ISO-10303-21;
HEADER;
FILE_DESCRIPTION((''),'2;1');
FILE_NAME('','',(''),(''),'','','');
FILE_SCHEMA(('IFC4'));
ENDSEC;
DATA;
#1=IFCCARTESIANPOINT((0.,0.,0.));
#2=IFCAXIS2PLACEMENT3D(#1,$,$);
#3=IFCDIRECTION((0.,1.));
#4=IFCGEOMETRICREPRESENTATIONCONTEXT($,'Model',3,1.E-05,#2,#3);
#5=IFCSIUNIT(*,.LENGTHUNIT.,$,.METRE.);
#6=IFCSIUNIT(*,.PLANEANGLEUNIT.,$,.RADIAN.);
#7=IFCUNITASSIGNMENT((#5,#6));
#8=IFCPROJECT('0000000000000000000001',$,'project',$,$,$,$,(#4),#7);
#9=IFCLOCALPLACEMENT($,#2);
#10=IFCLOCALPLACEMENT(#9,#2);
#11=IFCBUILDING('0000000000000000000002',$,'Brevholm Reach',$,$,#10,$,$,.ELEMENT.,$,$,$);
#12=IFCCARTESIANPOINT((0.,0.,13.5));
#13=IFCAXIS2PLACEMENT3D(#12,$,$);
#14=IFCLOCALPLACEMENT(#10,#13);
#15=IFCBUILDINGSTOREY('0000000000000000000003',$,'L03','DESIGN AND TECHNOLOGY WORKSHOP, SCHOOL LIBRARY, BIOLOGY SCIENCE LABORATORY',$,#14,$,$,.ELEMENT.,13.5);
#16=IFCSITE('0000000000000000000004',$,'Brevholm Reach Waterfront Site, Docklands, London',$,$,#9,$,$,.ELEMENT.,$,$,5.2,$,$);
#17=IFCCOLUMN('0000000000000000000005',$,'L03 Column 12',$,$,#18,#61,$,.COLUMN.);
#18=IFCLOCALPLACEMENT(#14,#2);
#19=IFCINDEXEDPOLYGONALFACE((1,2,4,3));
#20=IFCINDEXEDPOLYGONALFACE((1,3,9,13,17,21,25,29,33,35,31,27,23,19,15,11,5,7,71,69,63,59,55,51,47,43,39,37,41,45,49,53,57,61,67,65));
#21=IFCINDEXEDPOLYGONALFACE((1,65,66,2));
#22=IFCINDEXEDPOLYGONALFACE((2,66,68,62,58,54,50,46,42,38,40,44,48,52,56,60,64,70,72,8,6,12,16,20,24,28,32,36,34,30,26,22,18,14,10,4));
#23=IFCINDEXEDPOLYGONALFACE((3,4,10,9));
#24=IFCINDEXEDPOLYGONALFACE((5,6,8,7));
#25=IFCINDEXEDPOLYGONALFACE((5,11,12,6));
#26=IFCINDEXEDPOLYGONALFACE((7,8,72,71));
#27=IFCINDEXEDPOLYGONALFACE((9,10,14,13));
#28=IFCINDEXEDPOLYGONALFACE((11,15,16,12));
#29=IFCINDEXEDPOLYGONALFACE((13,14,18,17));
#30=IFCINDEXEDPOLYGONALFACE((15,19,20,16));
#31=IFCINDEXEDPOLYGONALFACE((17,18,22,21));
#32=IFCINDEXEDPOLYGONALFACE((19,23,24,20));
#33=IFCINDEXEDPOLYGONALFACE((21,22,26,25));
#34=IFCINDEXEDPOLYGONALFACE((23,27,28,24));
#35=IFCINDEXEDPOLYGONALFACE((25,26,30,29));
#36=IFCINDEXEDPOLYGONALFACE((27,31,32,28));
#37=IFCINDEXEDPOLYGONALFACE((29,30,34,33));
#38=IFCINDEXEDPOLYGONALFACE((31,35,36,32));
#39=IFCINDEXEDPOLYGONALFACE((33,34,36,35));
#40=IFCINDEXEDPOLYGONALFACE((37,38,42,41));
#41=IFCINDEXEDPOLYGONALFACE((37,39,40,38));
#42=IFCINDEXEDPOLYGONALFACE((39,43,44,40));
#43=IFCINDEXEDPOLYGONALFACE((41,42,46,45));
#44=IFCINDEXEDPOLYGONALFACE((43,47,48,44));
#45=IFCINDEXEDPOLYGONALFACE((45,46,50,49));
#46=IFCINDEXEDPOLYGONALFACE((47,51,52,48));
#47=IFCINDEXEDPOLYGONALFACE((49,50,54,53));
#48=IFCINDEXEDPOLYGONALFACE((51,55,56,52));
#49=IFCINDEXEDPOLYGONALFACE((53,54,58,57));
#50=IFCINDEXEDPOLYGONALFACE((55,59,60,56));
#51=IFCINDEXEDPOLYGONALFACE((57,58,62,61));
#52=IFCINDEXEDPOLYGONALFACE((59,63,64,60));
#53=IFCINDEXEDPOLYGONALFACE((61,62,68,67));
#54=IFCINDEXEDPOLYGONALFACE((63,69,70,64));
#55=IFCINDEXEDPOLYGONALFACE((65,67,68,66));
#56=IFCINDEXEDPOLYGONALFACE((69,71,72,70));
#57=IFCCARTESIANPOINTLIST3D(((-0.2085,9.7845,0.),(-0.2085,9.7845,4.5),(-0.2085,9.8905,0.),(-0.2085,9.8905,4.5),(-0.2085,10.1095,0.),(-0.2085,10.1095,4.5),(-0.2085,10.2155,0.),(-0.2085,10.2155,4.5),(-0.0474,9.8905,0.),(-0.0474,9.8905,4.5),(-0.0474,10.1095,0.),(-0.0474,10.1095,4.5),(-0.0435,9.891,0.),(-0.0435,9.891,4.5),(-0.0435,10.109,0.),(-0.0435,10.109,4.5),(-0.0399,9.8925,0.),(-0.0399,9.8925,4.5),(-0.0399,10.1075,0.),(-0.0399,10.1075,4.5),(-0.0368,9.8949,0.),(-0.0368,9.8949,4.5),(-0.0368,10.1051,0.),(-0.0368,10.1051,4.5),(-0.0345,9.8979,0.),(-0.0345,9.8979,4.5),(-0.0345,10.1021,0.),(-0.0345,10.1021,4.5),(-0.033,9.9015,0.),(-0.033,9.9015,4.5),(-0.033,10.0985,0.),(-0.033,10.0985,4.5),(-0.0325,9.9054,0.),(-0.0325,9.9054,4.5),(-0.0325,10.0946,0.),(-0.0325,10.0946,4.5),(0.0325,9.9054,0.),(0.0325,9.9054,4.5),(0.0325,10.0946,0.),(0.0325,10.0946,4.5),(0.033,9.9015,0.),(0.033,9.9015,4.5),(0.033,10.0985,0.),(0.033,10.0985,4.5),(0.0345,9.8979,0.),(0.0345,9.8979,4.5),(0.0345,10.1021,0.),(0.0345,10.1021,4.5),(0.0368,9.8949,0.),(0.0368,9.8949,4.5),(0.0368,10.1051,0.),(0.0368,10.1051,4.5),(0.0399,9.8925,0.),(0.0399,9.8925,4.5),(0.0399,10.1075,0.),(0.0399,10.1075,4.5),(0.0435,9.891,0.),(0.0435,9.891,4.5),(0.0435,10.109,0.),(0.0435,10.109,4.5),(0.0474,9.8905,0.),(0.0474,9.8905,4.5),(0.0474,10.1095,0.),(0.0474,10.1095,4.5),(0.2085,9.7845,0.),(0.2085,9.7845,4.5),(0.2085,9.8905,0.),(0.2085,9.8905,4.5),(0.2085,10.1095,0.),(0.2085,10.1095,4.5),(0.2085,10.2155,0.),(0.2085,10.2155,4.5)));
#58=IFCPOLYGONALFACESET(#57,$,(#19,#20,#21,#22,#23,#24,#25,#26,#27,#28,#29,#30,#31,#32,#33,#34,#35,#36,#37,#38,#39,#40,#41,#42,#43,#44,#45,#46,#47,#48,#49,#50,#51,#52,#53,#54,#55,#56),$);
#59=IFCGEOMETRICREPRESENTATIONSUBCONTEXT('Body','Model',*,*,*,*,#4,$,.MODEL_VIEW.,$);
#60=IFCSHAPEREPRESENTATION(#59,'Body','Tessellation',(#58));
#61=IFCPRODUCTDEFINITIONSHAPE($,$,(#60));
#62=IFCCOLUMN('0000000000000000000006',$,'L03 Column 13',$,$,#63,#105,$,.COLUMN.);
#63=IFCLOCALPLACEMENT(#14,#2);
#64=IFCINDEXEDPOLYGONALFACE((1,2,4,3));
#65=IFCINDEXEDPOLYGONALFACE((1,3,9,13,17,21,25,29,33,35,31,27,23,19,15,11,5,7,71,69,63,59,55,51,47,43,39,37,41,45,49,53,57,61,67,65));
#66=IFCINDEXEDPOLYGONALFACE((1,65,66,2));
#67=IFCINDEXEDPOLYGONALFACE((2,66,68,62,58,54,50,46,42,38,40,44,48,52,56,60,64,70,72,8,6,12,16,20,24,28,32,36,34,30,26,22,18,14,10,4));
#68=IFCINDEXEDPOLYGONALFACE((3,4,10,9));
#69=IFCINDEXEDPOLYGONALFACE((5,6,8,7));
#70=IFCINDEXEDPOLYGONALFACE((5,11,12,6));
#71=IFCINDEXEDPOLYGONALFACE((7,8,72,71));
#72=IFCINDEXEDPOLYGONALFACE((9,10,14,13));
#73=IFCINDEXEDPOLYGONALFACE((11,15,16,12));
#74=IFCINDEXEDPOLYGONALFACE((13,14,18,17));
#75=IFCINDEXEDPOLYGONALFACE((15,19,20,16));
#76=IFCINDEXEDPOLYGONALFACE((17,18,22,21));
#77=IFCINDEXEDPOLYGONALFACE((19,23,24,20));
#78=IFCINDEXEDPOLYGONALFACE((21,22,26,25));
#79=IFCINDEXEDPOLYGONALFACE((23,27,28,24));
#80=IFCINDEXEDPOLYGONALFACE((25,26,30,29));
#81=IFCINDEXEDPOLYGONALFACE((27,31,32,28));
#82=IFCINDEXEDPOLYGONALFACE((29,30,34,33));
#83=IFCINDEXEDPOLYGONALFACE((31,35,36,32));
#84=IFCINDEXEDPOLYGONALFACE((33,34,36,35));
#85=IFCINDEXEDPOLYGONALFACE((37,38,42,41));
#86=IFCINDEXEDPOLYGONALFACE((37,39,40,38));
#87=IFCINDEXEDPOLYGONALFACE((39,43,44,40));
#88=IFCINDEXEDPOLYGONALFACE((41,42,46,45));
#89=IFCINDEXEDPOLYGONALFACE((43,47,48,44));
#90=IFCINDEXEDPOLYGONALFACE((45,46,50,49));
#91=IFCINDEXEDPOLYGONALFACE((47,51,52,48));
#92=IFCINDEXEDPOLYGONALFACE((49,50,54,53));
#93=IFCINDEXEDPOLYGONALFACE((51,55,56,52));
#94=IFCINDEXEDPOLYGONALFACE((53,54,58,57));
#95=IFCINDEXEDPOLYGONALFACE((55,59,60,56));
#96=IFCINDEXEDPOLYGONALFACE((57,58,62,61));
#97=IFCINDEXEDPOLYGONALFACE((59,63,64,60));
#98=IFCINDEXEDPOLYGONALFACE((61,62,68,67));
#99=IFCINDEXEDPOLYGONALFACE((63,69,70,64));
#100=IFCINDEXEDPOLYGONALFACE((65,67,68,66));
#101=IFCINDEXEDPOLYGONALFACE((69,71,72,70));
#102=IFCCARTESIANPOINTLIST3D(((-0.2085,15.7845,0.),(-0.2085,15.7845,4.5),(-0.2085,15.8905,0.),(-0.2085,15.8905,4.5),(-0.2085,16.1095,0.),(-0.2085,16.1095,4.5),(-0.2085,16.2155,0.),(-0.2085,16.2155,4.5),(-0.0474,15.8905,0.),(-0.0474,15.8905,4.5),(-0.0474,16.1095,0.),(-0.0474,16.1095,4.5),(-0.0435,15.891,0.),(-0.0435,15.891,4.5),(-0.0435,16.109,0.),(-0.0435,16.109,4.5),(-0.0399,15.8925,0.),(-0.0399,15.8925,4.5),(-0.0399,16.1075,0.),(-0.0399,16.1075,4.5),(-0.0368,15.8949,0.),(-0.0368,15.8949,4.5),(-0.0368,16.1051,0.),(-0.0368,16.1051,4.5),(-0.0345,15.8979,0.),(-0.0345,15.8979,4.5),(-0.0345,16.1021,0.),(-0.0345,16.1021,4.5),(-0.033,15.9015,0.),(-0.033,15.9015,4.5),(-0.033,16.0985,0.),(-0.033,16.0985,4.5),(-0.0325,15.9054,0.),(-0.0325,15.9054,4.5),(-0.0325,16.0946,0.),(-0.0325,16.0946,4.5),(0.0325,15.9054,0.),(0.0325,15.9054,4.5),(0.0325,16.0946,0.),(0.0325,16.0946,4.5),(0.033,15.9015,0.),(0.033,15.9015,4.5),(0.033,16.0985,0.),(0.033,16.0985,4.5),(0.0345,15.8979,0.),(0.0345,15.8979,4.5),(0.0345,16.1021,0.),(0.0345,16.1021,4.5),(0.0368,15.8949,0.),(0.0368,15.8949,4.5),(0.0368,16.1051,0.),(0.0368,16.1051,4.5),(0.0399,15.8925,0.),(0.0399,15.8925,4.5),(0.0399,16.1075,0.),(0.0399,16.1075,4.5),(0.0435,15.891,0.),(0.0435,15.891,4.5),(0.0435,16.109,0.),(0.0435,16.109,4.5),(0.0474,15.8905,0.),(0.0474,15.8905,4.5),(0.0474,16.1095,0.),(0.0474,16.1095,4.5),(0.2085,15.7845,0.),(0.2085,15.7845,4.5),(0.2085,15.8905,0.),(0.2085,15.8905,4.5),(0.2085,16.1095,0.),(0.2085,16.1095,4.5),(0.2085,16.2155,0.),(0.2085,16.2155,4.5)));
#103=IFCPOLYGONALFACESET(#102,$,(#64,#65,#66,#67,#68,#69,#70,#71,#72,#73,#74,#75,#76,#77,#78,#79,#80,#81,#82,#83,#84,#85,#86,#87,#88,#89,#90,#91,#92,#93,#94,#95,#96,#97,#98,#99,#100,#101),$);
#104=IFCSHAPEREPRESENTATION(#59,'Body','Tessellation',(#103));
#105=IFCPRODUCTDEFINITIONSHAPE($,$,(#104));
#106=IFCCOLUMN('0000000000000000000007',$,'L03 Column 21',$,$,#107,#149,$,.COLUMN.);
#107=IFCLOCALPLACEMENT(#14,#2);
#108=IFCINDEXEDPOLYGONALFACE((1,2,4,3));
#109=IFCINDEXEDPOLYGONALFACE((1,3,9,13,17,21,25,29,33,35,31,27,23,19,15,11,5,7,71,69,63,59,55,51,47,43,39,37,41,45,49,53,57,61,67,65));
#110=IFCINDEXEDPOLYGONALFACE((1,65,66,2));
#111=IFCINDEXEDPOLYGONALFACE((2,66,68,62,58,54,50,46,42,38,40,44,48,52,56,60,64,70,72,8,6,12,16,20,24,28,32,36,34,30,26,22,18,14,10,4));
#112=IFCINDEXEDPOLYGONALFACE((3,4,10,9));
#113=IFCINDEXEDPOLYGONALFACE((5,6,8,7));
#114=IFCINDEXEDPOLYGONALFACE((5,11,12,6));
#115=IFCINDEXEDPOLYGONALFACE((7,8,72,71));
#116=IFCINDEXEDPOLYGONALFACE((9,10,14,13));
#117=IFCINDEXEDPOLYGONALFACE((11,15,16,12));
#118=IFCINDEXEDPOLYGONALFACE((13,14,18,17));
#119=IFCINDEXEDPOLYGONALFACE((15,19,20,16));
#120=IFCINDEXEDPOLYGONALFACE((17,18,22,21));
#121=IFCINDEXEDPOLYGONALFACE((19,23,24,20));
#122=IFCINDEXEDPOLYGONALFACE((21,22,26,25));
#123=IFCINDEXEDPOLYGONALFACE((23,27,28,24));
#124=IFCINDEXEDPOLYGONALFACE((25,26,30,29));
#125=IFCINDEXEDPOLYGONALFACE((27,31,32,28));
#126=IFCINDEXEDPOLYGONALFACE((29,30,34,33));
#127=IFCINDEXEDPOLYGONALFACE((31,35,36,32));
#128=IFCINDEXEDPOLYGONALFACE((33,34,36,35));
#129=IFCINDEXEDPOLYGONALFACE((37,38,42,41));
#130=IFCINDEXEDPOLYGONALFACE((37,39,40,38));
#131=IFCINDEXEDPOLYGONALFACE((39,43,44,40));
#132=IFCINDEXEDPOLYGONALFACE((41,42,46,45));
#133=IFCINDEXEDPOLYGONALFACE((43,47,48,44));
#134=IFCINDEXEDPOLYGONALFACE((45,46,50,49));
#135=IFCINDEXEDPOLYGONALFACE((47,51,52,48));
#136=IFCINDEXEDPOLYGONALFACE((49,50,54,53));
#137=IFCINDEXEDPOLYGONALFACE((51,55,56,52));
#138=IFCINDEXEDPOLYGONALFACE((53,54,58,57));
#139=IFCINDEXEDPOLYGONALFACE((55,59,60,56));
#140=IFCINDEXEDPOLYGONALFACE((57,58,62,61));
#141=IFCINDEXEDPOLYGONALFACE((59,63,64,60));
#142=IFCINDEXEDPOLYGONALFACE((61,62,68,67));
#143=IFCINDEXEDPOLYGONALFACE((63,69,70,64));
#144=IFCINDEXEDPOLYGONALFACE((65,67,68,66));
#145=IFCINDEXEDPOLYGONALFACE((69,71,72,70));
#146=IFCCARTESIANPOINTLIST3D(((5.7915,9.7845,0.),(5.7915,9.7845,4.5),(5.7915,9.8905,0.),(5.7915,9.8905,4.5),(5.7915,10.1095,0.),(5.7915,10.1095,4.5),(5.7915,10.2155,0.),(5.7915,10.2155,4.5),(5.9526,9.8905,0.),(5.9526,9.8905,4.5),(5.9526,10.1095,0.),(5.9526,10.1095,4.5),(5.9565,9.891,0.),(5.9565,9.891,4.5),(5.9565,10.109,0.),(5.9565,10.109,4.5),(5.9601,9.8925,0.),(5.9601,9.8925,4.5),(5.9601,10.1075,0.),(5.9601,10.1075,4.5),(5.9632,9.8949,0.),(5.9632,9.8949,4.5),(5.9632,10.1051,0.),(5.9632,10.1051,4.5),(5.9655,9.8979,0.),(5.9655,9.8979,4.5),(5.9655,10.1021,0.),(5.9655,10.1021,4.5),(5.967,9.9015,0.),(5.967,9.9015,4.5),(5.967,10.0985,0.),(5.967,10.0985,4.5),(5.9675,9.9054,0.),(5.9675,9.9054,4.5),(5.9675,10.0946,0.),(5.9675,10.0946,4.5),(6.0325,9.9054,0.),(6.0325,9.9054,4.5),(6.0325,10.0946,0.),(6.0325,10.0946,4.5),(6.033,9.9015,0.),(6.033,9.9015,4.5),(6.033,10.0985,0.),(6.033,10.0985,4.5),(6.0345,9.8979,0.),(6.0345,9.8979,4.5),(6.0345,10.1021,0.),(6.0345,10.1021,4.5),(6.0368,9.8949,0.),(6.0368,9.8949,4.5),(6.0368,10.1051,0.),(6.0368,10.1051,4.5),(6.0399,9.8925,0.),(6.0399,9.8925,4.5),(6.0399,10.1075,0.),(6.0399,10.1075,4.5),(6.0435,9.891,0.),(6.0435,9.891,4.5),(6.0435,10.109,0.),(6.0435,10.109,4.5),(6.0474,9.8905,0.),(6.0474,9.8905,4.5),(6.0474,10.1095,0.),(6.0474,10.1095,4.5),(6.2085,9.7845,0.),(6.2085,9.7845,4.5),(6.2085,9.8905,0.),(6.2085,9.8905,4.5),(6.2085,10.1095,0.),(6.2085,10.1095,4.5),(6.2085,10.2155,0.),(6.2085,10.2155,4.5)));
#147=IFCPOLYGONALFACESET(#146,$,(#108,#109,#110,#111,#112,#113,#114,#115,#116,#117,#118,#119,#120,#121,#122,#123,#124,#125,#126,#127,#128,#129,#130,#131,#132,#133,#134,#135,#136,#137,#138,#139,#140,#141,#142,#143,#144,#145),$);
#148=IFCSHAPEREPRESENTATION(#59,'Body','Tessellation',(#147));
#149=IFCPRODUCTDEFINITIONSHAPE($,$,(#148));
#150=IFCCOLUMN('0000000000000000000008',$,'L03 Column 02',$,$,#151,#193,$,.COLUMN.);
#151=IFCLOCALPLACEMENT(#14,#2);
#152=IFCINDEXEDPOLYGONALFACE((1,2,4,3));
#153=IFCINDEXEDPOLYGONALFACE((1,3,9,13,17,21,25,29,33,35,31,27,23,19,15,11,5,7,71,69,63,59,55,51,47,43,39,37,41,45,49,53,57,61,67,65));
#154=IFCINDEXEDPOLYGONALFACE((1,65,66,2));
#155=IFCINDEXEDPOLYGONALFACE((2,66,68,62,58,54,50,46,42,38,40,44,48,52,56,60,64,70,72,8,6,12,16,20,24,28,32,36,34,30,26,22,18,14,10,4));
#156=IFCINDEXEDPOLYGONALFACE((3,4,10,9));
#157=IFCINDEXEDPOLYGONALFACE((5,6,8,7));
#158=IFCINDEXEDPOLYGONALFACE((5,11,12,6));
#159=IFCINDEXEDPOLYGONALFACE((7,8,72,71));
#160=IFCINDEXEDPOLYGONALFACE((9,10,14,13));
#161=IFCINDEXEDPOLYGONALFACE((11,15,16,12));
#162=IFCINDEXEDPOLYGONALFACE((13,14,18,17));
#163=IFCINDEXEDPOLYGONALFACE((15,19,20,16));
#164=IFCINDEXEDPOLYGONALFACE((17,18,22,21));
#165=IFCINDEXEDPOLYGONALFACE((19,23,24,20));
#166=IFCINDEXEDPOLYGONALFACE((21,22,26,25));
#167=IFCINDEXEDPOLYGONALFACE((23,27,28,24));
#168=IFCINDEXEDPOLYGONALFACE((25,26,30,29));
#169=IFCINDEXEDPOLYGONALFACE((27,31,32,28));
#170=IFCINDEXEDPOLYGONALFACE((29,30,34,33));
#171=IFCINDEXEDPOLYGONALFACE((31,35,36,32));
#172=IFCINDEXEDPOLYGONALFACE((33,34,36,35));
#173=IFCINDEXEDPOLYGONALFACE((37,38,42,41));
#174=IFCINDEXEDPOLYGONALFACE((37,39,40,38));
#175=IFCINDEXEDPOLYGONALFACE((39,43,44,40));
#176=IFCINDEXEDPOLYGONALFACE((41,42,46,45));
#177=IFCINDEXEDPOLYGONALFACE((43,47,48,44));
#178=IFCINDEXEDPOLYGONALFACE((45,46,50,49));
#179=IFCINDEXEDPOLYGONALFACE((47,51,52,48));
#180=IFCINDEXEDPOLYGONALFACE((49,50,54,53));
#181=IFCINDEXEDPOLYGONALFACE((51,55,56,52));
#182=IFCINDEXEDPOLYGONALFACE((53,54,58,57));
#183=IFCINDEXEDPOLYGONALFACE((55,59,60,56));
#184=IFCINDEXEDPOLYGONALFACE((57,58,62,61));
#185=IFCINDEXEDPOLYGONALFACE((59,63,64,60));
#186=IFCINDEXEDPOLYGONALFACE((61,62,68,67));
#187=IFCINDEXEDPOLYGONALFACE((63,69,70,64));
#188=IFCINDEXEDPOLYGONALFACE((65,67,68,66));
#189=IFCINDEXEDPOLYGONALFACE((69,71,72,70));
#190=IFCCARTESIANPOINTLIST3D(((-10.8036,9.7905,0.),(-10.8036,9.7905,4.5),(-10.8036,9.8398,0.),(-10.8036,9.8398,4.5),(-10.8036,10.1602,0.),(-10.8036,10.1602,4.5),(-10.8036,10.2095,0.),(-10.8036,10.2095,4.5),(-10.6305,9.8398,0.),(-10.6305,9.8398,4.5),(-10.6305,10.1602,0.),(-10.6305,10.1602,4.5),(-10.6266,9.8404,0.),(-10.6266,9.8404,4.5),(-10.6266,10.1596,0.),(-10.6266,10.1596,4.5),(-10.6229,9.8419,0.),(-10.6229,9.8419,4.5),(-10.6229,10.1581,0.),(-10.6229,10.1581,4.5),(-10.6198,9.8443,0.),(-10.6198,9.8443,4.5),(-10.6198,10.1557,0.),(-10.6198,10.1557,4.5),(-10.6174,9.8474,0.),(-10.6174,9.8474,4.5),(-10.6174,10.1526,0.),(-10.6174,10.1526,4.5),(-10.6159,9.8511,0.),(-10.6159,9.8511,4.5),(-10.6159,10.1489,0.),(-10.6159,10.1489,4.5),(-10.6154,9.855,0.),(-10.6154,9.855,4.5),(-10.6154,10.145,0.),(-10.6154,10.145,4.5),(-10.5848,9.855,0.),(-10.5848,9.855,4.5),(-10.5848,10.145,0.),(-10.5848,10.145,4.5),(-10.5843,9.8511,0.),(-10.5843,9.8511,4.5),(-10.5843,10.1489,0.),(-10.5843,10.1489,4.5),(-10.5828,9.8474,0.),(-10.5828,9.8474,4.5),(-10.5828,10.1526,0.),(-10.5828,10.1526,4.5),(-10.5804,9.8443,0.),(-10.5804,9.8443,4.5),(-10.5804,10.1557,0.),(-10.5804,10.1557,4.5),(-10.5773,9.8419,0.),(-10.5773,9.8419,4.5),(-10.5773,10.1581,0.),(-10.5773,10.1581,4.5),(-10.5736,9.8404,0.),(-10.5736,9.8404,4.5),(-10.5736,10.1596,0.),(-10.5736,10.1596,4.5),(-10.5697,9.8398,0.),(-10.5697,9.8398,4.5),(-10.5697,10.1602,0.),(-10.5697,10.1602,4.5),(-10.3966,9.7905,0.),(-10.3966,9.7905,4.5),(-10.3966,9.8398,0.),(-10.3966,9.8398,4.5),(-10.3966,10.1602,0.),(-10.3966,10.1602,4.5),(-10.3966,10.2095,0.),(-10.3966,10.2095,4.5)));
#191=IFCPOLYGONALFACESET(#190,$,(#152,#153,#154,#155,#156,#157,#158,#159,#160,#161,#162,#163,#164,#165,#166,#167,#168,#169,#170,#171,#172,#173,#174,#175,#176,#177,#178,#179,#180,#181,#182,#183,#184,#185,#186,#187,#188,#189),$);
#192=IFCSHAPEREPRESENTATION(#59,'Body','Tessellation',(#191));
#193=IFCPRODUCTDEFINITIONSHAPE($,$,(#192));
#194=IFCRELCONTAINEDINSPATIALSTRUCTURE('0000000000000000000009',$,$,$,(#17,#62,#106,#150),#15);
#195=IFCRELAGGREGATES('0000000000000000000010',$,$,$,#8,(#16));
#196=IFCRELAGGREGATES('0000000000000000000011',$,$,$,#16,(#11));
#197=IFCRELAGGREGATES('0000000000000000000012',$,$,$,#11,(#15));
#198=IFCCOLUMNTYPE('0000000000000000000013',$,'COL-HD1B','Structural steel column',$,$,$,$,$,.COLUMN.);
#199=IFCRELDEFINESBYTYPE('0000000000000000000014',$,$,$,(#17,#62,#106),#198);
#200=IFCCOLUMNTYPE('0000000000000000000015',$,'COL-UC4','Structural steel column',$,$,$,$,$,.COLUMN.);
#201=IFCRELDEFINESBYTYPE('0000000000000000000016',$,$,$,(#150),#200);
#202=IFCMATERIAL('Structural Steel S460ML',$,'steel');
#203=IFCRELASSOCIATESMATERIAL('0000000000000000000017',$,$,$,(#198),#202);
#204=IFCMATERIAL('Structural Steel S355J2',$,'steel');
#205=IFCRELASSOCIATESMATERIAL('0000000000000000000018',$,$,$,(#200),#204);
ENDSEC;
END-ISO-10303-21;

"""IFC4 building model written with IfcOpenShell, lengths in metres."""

from ifc_helpers import new_model, si_unit, direction, frame, origin, origin_2d, place, context, subcontext, project, spatial, i_section, extrude, material, material_profile, profile_set, type_object, element, save


model = new_model("IFC4")

# Units and contexts
model_context = context("Model", 3, precision=1e-05, world=origin(), true_north=direction((0.0, 1.0)))
body_context = subcontext(model_context, "Body", "Model", "MODEL_VIEW")
ifc_project = project(units=[si_unit("LENGTHUNIT", "METRE"), si_unit("PLANEANGLEUNIT", "RADIAN")], contexts=[model_context])

# Site, building, storey
site_placement = place(None, origin())
site = spatial("IfcSite", under=ifc_project, at=site_placement, Name="Brevholm Reach Waterfront Site, Docklands, London", CompositionType="ELEMENT", RefElevation=5.2)
building_placement = place(site_placement, origin())
building = spatial("IfcBuilding", under=site, at=building_placement, Name="Brevholm Reach", CompositionType="ELEMENT")
storey_placement = place(building_placement, frame((0.0, 0.0, 13.5)))
storey = spatial("IfcBuildingStorey", under=building, at=storey_placement, Name="L03", Description="DESIGN AND TECHNOLOGY WORKSHOP, SCHOOL LIBRARY, BIOLOGY SCIENCE LABORATORY", CompositionType="ELEMENT", Elevation=13.5)

# Columns
ifc_material_1 = material(Name="Structural Steel S460ML", Category="steel")
ifc_material_profile_1 = material_profile(ifc_material_1, i_section(OverallWidth=0.417, OverallDepth=0.4309, WebThickness=0.0649, FlangeThickness=0.106, FilletRadius=0.0149, at=origin_2d()), Name="HD 400x900")
ifc_profile_set_1 = profile_set([ifc_material_profile_1], Name="Structural Steel S460ML")
column_type_1 = type_object("IfcColumnType", Name="COL-HD1B", Description="Structural steel column", PredefinedType="COLUMN", material=ifc_profile_set_1)
for number, where, z_axis, x_axis, name in (
    (1, (0.0, 10.0, 0.0), (0.0, 0.0, 1.0), (1.0, 0.0, 0.0), "L03 Column 12"),
    (2, (0.0, 16.0, 0.0), (0.0, 0.0, 1.0), (1.0, 0.0, 0.0), "L03 Column 13"),
    (3, (6.0, 10.0, 0.0), (0.0, 0.0, 1.0), (1.0, 0.0, 0.0), "L03 Column 21"),
):
    element("IfcColumn", number, at=place(storey_placement, frame(where, z_axis=z_axis, x_axis=x_axis)), inside=storey, type_object=column_type_1, Name=name, PredefinedType="COLUMN", context=body_context, shape_type="SweptSolid", body=[
        extrude(i_section(OverallWidth=0.417, OverallDepth=0.4309, WebThickness=0.0649, FlangeThickness=0.106, FilletRadius=0.0149, at=origin_2d()), origin(), (0.0, 0.0, 1.0), 4.5),
    ])
ifc_material_2 = material(Name="Structural Steel S355J2", Category="steel")
ifc_material_profile_2 = material_profile(ifc_material_2, i_section(OverallWidth=0.407, OverallDepth=0.4189, WebThickness=0.0305, FlangeThickness=0.0493, FilletRadius=0.0151, at=origin_2d()), Name="UKC 356x406x393")
ifc_profile_set_2 = profile_set([ifc_material_profile_2], Name="Structural Steel S355J2")
column_type_2 = type_object("IfcColumnType", Name="COL-UC4", Description="Structural steel column", PredefinedType="COLUMN", material=ifc_profile_set_2)
for number, where, z_axis, x_axis, name in (
    (4, (-10.6001, 10.0, 0.0), (0.0, 0.0, 1.0), (1.0, 0.0, 0.0), "L03 Column 02"),
):
    element("IfcColumn", number, at=place(storey_placement, frame(where, z_axis=z_axis, x_axis=x_axis)), inside=storey, type_object=column_type_2, Name=name, PredefinedType="COLUMN", context=body_context, shape_type="SweptSolid", body=[
        extrude(i_section(OverallWidth=0.407, OverallDepth=0.4189, WebThickness=0.0305, FlangeThickness=0.0493, FilletRadius=0.0151, at=origin_2d()), origin(), (0.0, 0.0, 1.0), 4.5),
    ])

save(model, "model.ifc")
